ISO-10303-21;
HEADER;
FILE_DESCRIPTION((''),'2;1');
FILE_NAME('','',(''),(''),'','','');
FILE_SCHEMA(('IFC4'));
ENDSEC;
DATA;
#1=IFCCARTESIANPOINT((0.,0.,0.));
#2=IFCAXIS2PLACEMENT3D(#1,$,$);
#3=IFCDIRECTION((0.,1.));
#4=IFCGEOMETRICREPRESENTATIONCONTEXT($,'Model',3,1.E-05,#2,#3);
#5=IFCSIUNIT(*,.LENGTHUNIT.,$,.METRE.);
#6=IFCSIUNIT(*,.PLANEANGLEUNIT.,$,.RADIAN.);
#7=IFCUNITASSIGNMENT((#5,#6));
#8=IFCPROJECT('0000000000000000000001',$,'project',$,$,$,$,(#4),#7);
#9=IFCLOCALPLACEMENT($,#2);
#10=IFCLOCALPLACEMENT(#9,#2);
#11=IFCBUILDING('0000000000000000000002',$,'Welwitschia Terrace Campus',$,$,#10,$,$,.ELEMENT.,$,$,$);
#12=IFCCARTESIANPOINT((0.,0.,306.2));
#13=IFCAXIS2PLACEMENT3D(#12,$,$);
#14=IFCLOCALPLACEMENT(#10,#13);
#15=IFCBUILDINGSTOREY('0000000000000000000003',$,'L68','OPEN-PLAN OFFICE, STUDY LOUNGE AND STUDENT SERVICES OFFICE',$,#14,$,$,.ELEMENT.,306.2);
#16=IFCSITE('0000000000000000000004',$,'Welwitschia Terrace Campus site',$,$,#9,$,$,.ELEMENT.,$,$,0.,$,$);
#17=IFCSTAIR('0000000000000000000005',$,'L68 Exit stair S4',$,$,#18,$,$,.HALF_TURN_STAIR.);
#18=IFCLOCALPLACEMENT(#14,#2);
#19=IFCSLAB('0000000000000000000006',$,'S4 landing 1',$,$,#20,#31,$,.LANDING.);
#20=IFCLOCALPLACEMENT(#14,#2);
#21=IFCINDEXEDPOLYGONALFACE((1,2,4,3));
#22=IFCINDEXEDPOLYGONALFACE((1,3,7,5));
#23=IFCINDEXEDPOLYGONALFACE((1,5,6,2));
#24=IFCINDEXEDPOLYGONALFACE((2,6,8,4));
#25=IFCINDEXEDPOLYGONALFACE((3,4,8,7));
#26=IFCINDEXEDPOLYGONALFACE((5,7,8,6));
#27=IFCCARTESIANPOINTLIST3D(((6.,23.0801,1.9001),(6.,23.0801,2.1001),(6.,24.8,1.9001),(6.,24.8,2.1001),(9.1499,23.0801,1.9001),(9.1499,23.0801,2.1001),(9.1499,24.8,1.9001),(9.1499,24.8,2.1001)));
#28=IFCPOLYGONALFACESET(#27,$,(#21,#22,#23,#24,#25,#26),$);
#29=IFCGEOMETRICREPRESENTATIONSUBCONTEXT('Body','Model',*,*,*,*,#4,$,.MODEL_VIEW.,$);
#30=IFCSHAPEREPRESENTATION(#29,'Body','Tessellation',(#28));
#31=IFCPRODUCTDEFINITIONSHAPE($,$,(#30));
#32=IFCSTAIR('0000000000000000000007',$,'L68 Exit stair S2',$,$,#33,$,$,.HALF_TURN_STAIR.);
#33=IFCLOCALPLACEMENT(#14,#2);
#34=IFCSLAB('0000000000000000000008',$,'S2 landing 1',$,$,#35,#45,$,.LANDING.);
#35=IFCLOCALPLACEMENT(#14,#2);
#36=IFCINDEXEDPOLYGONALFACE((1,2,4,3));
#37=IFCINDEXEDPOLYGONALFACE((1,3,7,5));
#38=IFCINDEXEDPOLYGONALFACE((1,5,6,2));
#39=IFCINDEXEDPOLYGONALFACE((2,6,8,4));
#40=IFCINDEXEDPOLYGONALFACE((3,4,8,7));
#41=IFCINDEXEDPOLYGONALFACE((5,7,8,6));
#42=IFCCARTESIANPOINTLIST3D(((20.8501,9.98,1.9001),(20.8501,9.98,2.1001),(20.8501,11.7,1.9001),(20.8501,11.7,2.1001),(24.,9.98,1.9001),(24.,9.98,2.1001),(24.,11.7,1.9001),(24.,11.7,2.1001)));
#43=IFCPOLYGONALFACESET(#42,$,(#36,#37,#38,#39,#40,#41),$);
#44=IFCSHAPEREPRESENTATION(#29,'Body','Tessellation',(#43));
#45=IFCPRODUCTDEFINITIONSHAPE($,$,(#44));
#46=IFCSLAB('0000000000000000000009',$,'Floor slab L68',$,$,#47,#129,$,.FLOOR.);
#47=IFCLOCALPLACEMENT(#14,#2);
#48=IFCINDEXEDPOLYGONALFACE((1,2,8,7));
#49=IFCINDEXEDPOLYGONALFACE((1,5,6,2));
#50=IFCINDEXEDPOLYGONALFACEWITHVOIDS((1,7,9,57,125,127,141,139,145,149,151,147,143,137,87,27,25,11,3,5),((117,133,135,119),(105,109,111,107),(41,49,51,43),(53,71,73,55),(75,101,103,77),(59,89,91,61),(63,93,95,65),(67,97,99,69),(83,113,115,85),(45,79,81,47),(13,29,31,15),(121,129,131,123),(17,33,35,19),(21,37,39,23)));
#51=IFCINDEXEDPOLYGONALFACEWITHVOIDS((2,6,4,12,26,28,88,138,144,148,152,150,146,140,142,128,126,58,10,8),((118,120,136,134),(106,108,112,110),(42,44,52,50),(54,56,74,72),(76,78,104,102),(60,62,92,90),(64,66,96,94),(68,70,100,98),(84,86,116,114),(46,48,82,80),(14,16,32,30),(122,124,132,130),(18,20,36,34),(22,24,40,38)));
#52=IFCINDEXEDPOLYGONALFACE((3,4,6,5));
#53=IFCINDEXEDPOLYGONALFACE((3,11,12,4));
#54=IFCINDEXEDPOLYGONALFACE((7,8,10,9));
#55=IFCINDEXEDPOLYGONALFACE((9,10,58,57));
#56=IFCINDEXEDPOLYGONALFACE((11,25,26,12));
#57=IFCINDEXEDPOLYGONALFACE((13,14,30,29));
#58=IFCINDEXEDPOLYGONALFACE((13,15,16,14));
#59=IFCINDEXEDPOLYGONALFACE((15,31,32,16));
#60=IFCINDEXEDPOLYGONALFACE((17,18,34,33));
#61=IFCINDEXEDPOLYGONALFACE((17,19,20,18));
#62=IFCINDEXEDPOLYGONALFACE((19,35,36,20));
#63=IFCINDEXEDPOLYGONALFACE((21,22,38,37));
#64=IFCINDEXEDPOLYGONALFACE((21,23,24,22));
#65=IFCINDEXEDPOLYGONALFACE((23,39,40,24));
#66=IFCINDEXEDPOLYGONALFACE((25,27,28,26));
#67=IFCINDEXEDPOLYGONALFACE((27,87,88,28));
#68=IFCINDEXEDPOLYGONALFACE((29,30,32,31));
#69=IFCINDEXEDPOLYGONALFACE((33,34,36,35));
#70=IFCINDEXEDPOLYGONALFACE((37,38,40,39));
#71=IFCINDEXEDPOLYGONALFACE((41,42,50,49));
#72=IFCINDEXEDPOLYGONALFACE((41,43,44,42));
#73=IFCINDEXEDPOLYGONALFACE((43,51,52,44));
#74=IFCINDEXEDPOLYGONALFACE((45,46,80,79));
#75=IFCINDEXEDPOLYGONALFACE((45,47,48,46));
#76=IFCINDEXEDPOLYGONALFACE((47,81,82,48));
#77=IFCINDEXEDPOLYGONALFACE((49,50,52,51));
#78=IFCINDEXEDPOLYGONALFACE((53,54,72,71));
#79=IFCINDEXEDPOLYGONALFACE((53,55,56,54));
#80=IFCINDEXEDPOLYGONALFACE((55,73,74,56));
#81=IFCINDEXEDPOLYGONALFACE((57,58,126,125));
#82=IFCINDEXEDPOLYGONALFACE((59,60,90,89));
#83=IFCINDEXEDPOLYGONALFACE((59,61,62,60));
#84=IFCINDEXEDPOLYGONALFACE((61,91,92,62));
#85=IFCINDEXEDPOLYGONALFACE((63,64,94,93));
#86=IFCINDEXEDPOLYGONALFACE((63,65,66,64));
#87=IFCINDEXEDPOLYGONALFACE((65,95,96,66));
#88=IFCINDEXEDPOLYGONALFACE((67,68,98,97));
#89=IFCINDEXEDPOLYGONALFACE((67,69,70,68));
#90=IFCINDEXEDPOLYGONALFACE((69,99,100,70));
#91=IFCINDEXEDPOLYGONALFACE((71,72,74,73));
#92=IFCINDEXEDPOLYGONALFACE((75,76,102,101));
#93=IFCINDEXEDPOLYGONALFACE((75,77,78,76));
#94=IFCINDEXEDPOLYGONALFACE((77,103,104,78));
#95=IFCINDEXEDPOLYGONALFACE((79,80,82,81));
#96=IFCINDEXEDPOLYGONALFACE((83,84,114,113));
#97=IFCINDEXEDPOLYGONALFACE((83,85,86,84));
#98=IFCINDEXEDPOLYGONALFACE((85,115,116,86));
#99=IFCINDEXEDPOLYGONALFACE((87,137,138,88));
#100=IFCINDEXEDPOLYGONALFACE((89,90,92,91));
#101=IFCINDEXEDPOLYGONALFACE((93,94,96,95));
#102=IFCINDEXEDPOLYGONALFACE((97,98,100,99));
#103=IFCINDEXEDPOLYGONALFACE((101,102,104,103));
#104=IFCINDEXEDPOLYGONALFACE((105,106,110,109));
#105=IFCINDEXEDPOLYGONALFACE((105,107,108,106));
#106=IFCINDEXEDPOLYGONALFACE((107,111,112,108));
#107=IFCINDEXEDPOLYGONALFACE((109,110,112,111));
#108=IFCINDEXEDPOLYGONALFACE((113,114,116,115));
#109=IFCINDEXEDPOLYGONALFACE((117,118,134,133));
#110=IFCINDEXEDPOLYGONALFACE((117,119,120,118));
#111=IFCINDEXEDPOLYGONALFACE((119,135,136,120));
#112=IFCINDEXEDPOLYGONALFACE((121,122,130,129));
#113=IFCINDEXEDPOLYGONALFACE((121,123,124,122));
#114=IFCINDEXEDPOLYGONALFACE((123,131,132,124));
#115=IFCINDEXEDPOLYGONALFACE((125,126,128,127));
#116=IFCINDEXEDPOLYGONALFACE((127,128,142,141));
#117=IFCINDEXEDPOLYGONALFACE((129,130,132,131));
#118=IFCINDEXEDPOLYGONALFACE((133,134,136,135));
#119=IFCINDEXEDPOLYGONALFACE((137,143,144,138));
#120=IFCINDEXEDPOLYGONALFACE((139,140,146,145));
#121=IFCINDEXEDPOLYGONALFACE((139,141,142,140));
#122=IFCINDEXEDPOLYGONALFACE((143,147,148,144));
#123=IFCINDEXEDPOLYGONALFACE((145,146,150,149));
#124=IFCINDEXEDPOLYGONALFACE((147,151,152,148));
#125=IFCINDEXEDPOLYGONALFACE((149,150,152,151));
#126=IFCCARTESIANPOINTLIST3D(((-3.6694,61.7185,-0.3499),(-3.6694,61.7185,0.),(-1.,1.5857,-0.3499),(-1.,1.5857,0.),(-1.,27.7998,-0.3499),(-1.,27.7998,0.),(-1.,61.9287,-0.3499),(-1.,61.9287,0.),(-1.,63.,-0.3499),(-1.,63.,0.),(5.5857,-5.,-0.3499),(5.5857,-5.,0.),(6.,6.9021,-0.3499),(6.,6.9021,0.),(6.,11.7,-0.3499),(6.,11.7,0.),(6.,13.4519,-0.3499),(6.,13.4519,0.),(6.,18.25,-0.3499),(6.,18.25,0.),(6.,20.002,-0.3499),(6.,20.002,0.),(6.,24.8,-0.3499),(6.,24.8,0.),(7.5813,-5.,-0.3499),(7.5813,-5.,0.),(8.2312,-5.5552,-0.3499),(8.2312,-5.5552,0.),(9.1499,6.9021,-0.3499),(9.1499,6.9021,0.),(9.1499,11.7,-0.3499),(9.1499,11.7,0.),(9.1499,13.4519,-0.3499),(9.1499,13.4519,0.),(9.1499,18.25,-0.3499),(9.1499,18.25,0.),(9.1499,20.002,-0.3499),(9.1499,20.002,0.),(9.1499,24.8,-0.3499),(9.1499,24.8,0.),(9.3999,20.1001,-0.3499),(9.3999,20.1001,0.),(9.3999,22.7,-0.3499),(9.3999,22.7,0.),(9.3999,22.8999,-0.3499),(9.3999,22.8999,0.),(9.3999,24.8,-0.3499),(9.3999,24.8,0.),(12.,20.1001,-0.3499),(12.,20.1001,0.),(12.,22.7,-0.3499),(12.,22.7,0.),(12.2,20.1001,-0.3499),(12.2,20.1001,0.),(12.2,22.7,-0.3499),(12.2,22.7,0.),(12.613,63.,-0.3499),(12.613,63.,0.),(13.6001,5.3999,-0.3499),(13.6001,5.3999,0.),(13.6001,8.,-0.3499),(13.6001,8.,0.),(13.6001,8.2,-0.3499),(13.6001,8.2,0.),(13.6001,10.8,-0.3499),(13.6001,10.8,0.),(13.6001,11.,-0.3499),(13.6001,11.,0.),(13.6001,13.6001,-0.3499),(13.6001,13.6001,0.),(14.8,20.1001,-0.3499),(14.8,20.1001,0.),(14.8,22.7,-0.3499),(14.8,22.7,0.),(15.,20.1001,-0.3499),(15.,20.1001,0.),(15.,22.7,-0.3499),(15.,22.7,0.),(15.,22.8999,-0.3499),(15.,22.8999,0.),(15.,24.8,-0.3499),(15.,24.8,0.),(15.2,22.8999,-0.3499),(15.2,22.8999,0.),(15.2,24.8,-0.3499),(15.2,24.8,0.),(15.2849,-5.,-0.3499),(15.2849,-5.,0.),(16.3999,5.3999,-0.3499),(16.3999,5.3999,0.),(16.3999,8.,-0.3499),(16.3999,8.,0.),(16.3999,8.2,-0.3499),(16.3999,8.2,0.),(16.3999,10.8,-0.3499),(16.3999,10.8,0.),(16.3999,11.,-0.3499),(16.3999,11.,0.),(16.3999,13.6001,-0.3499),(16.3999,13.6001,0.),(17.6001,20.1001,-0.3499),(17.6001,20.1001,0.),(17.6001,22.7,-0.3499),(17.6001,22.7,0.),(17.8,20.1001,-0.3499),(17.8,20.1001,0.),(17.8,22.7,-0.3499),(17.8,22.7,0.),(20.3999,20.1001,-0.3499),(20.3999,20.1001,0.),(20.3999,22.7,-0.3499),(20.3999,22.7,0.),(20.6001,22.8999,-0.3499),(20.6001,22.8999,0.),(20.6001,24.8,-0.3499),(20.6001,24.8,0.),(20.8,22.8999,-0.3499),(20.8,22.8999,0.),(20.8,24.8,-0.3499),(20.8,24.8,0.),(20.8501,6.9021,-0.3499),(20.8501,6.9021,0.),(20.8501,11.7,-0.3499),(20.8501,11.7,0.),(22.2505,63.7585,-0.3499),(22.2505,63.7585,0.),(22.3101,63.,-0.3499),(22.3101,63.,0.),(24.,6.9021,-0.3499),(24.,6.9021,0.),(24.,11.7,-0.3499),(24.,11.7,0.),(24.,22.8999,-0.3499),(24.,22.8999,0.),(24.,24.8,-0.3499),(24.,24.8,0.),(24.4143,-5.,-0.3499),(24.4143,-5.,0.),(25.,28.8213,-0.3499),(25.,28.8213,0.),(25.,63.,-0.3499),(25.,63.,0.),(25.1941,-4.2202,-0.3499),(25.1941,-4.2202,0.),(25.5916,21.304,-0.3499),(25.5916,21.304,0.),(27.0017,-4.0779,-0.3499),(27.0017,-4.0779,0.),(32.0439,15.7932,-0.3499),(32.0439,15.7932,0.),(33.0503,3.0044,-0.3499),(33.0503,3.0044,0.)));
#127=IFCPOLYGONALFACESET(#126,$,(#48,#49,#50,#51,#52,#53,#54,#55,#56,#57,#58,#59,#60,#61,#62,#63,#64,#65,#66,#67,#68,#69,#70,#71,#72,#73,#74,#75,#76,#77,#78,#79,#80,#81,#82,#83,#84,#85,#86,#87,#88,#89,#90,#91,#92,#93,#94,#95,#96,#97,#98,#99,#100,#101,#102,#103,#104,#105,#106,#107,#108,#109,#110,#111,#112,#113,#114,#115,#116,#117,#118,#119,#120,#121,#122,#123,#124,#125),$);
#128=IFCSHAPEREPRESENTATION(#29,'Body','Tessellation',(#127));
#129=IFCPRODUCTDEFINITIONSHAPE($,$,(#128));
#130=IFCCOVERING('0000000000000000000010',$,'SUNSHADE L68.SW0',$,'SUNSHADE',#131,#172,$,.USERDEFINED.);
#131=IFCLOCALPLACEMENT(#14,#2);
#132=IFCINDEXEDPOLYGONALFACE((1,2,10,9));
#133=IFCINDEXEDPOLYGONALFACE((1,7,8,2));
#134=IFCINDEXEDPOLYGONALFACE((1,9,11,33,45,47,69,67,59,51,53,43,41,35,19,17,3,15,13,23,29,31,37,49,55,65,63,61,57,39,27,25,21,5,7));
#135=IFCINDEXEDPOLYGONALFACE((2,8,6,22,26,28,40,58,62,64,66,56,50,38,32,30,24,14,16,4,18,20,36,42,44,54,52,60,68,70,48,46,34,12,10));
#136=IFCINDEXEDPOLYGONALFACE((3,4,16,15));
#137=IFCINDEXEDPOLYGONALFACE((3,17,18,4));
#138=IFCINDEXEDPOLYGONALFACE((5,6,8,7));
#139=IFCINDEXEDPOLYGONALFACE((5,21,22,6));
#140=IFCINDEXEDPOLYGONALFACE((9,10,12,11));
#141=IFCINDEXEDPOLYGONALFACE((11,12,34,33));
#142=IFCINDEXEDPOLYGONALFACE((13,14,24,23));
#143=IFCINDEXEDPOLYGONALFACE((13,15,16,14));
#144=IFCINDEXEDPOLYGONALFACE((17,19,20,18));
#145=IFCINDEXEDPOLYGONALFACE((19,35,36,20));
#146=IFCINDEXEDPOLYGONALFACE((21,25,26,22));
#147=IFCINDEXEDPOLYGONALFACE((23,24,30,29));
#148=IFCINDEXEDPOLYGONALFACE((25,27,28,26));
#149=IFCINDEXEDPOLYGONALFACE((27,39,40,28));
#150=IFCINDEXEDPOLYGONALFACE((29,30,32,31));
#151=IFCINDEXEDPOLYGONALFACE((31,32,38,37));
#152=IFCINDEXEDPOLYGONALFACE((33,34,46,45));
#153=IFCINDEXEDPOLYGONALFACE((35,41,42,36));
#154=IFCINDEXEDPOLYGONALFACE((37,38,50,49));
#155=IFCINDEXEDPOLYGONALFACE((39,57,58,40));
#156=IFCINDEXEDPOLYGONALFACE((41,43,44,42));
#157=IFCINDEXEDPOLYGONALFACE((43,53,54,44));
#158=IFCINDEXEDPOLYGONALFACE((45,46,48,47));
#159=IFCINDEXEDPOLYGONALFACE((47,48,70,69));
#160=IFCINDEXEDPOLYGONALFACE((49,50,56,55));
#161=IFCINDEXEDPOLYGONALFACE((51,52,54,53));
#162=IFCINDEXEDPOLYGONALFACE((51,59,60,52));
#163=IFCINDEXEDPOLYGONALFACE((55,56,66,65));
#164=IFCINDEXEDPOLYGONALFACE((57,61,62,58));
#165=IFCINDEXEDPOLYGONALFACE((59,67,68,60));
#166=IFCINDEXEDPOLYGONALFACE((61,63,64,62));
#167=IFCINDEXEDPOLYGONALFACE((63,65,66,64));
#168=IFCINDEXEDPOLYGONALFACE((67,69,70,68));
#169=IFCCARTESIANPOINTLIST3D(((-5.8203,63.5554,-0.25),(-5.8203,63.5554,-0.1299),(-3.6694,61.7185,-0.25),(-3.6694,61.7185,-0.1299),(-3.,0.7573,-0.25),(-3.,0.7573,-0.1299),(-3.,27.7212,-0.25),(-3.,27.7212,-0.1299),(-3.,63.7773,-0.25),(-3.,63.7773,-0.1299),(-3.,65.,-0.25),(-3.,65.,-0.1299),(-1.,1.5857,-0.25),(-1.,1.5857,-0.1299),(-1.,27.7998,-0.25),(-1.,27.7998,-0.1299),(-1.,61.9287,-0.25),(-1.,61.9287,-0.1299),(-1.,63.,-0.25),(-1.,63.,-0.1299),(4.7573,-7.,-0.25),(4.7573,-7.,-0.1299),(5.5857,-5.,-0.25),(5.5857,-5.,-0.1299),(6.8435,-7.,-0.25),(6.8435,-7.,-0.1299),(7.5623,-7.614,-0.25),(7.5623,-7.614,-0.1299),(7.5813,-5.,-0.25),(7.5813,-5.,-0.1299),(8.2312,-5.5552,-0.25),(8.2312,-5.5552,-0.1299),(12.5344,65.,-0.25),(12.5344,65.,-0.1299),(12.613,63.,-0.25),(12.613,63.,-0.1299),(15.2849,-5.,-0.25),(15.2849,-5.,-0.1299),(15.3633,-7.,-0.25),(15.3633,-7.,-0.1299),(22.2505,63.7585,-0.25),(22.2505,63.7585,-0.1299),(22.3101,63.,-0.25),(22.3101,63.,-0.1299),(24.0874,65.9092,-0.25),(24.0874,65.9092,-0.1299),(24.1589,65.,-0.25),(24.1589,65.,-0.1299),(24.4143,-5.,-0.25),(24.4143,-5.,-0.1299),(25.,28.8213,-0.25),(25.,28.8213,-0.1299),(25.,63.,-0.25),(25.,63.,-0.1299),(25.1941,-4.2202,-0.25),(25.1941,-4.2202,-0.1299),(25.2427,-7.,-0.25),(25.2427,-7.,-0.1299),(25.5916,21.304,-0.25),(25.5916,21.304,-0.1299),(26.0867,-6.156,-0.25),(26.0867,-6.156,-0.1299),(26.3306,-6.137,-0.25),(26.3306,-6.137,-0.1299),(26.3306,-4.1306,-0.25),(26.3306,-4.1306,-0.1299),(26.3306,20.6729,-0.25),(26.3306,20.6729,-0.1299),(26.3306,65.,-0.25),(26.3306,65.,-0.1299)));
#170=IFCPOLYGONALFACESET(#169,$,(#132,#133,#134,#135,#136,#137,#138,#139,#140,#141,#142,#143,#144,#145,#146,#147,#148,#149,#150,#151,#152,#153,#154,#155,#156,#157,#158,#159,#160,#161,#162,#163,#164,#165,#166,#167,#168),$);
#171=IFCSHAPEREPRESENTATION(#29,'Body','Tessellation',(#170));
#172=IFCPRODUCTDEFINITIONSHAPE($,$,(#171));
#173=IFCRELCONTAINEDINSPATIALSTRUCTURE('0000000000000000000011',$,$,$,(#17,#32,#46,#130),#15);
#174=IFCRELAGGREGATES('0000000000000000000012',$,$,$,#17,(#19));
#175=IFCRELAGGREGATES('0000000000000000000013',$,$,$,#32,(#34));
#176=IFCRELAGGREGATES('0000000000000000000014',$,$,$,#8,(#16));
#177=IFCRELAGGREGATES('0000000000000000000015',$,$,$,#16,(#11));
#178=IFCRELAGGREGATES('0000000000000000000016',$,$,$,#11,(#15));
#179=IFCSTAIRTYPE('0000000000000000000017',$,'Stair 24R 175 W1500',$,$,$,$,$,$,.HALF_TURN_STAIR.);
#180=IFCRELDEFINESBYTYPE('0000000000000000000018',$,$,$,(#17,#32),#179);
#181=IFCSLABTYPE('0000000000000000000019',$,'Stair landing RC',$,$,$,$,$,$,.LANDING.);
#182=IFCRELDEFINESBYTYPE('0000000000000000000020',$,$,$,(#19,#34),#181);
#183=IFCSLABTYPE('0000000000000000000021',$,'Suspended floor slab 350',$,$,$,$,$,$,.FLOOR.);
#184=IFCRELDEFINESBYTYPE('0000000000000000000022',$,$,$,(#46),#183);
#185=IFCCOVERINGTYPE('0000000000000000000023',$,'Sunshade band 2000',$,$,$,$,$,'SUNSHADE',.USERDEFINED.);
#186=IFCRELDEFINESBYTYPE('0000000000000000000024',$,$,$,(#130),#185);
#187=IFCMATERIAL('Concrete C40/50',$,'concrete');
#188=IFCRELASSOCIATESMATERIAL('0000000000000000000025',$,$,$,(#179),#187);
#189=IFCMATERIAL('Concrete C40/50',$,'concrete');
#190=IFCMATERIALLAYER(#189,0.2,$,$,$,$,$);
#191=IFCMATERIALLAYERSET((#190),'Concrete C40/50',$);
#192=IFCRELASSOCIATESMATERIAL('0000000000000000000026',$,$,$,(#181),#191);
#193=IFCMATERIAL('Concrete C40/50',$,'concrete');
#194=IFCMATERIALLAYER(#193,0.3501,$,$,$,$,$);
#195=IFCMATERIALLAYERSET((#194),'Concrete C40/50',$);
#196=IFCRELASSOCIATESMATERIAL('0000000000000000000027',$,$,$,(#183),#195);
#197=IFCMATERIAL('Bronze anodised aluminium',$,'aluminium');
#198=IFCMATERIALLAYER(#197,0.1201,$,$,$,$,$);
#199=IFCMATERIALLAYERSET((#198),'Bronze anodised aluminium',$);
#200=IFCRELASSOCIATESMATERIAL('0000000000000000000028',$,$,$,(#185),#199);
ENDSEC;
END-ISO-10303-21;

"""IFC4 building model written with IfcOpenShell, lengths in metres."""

from ifc_helpers import new_model, si_unit, direction, frame, origin, place, context, subcontext, project, spatial, polyline, outline, extrude, material, layer, layer_set, type_object, element, aggregate, save


model = new_model("IFC4")

# Units and contexts
model_context = context("Model", 3, precision=1e-05, world=origin(), true_north=direction((0.0, 1.0)))
body_context = subcontext(model_context, "Body", "Model", "MODEL_VIEW")
ifc_project = project(units=[si_unit("LENGTHUNIT", "METRE"), si_unit("PLANEANGLEUNIT", "RADIAN")], contexts=[model_context])

# Site, building, storey
site_placement = place(None, origin())
site = spatial("IfcSite", under=ifc_project, at=site_placement, Name="Welwitschia Terrace Campus site", CompositionType="ELEMENT", RefElevation=0.0)
building_placement = place(site_placement, origin())
building = spatial("IfcBuilding", under=site, at=building_placement, Name="Welwitschia Terrace Campus", CompositionType="ELEMENT")
storey_placement = place(building_placement, frame((0.0, 0.0, 306.2)))
storey = spatial("IfcBuildingStorey", under=building, at=storey_placement, Name="L68", Description="OPEN-PLAN OFFICE, STUDY LOUNGE AND STUDENT SERVICES OFFICE", CompositionType="ELEMENT", Elevation=306.2)

# Stairs, slabs
ifc_material_1 = material(Name="Concrete C40/50", Category="concrete")
stair_type = type_object("IfcStairType", Name="Stair 24R 175 W1500", PredefinedType="HALF_TURN_STAIR", material=ifc_material_1)
ifc_material_2 = material(Name="Concrete C40/50", Category="concrete")
ifc_layer_1 = layer(ifc_material_2, 0.2)
ifc_layer_set_1 = layer_set([ifc_layer_1], Name="Concrete C40/50")
slab_type_1 = type_object("IfcSlabType", Name="Stair landing RC", PredefinedType="LANDING", material=ifc_layer_set_1)
stair_1_placement = place(storey_placement, origin())
stair_1 = element("IfcStair", 1, at=stair_1_placement, inside=storey, type_object=stair_type, Name="L68 Exit stair S4", PredefinedType="HALF_TURN_STAIR")
slab_1_placement = place(storey_placement, frame((0.0, 0.0, 1.9001)))
slab_1 = element("IfcSlab", 2, at=slab_1_placement, type_object=slab_type_1, Name="S4 landing 1", PredefinedType="LANDING", context=body_context, shape_type="SweptSolid", body=[
    extrude(outline(polyline([(9.1499, 23.0801), (9.1499, 24.8), (6.0, 24.8), (6.0, 23.0801), (9.1499, 23.0801)])), origin(), (0.0, 0.0, 1.0), 0.2),
])
aggregate(stair_1, [slab_1])
stair_2_placement = place(storey_placement, origin())
stair_2 = element("IfcStair", 3, at=stair_2_placement, inside=storey, type_object=stair_type, Name="L68 Exit stair S2", PredefinedType="HALF_TURN_STAIR")
slab_2_placement = place(storey_placement, frame((0.0, 0.0, 1.9001)))
slab_2 = element("IfcSlab", 4, at=slab_2_placement, type_object=slab_type_1, Name="S2 landing 1", PredefinedType="LANDING", context=body_context, shape_type="SweptSolid", body=[
    extrude(outline(polyline([(24.0, 9.98), (24.0, 11.7), (20.8501, 11.7), (20.8501, 9.98), (24.0, 9.98)])), origin(), (0.0, 0.0, 1.0), 0.2),
])
aggregate(stair_2, [slab_2])

# Slab
ifc_material_3 = material(Name="Concrete C40/50", Category="concrete")
ifc_layer_2 = layer(ifc_material_3, 0.3501)
ifc_layer_set_2 = layer_set([ifc_layer_2], Name="Concrete C40/50")
slab_type_2 = type_object("IfcSlabType", Name="Suspended floor slab 350", PredefinedType="FLOOR", material=ifc_layer_set_2)
slab_3_placement = place(storey_placement, frame((0.0, 0.0, -0.3499)))
element("IfcSlab", 5, at=slab_3_placement, inside=storey, type_object=slab_type_2, Name="Floor slab L68", PredefinedType="FLOOR", context=body_context, shape_type="SweptSolid", body=[
    extrude(outline(polyline([(-3.6694, 61.7185), (-1.0, 61.9287), (-1.0, 63.0), (12.613, 63.0), (22.2505, 63.7585), (22.3101, 63.0), (25.0, 63.0), (25.0, 28.8213), (25.5916, 21.304), (32.0439, 15.7932), (33.0503, 3.0044), (27.0017, -4.0779), (25.1941, -4.2202), (24.4143, -5.0), (15.2849, -5.0), (8.2312, -5.5552), (7.5813, -5.0), (5.5857, -5.0), (-1.0, 1.5857), (-1.0, 27.7998), (-3.6694, 61.7185)]), holes=[polyline([(13.6001, 8.0), (13.6001, 5.3999), (16.3999, 5.3999), (16.3999, 8.0), (13.6001, 8.0)]), polyline([(9.1499, 11.7), (6.0, 11.7), (6.0, 6.9021), (9.1499, 6.9021), (9.1499, 11.7)]), polyline([(9.1499, 18.25), (6.0, 18.25), (6.0, 13.4519), (9.1499, 13.4519), (9.1499, 18.25)]), polyline([(12.0, 22.7), (9.3999, 22.7), (9.3999, 20.1001), (12.0, 20.1001), (12.0, 22.7)]), polyline([(14.8, 22.7), (12.2, 22.7), (12.2, 20.1001), (14.8, 20.1001), (14.8, 22.7)]), polyline([(9.1499, 24.8), (6.0, 24.8), (6.0, 20.002), (9.1499, 20.002), (9.1499, 24.8)]), polyline([(15.0, 24.8), (9.3999, 24.8), (9.3999, 22.8999), (15.0, 22.8999), (15.0, 24.8)]), polyline([(20.8501, 11.7), (20.8501, 6.9021), (24.0, 6.9021), (24.0, 11.7), (20.8501, 11.7)]), polyline([(16.3999, 10.8), (13.6001, 10.8), (13.6001, 8.2), (16.3999, 8.2), (16.3999, 10.8)]), polyline([(16.3999, 13.6001), (13.6001, 13.6001), (13.6001, 11.0), (16.3999, 11.0), (16.3999, 13.6001)]), polyline([(17.6001, 22.7), (15.0, 22.7), (15.0, 20.1001), (17.6001, 20.1001), (17.6001, 22.7)]), polyline([(20.3999, 22.7), (17.8, 22.7), (17.8, 20.1001), (20.3999, 20.1001), (20.3999, 22.7)]), polyline([(20.6001, 24.8), (15.2, 24.8), (15.2, 22.8999), (20.6001, 22.8999), (20.6001, 24.8)]), polyline([(24.0, 24.8), (20.8, 24.8), (20.8, 22.8999), (24.0, 22.8999), (24.0, 24.8)])]), origin(), (0.0, 0.0, 1.0), 0.3499),
])

# Covering
ifc_material_4 = material(Name="Bronze anodised aluminium", Category="aluminium")
ifc_layer_3 = layer(ifc_material_4, 0.1201)
ifc_layer_set_3 = layer_set([ifc_layer_3], Name="Bronze anodised aluminium")
covering_type_1 = type_object("IfcCoveringType", Name="Sunshade band 2000", ElementType="SUNSHADE", PredefinedType="USERDEFINED", material=ifc_layer_set_3)
covering_1_placement = place(storey_placement, frame((0.0, 0.0, -0.25)))
element("IfcCovering", 6, at=covering_1_placement, inside=storey, type_object=covering_type_1, Name="SUNSHADE L68.SW0", ObjectType="SUNSHADE", PredefinedType="USERDEFINED", context=body_context, shape_type="SweptSolid", body=[
    extrude(outline(polyline([(-3.0, 63.7773), (-3.0, 65.0), (12.5344, 65.0), (24.0874, 65.9092), (24.1589, 65.0), (26.3306, 65.0), (26.3306, 20.6729), (25.5916, 21.304), (25.0, 28.8213), (25.0, 63.0), (22.3101, 63.0), (22.2505, 63.7585), (12.613, 63.0), (-1.0, 63.0), (-1.0, 61.9287), (-3.6694, 61.7185), (-1.0, 27.7998), (-1.0, 1.5857), (5.5857, -5.0), (7.5813, -5.0), (8.2312, -5.5552), (15.2849, -5.0), (24.4143, -5.0), (25.1941, -4.2202), (26.3306, -4.1306), (26.3306, -6.137), (26.0867, -6.156), (25.2427, -7.0), (15.3633, -7.0), (7.5623, -7.614), (6.8435, -7.0), (4.7573, -7.0), (-3.0, 0.7573), (-3.0, 27.7212), (-5.8203, 63.5554), (-3.0, 63.7773)])), origin(), (0.0, 0.0, 1.0), 0.1201),
])

save(model, "model.ifc")
